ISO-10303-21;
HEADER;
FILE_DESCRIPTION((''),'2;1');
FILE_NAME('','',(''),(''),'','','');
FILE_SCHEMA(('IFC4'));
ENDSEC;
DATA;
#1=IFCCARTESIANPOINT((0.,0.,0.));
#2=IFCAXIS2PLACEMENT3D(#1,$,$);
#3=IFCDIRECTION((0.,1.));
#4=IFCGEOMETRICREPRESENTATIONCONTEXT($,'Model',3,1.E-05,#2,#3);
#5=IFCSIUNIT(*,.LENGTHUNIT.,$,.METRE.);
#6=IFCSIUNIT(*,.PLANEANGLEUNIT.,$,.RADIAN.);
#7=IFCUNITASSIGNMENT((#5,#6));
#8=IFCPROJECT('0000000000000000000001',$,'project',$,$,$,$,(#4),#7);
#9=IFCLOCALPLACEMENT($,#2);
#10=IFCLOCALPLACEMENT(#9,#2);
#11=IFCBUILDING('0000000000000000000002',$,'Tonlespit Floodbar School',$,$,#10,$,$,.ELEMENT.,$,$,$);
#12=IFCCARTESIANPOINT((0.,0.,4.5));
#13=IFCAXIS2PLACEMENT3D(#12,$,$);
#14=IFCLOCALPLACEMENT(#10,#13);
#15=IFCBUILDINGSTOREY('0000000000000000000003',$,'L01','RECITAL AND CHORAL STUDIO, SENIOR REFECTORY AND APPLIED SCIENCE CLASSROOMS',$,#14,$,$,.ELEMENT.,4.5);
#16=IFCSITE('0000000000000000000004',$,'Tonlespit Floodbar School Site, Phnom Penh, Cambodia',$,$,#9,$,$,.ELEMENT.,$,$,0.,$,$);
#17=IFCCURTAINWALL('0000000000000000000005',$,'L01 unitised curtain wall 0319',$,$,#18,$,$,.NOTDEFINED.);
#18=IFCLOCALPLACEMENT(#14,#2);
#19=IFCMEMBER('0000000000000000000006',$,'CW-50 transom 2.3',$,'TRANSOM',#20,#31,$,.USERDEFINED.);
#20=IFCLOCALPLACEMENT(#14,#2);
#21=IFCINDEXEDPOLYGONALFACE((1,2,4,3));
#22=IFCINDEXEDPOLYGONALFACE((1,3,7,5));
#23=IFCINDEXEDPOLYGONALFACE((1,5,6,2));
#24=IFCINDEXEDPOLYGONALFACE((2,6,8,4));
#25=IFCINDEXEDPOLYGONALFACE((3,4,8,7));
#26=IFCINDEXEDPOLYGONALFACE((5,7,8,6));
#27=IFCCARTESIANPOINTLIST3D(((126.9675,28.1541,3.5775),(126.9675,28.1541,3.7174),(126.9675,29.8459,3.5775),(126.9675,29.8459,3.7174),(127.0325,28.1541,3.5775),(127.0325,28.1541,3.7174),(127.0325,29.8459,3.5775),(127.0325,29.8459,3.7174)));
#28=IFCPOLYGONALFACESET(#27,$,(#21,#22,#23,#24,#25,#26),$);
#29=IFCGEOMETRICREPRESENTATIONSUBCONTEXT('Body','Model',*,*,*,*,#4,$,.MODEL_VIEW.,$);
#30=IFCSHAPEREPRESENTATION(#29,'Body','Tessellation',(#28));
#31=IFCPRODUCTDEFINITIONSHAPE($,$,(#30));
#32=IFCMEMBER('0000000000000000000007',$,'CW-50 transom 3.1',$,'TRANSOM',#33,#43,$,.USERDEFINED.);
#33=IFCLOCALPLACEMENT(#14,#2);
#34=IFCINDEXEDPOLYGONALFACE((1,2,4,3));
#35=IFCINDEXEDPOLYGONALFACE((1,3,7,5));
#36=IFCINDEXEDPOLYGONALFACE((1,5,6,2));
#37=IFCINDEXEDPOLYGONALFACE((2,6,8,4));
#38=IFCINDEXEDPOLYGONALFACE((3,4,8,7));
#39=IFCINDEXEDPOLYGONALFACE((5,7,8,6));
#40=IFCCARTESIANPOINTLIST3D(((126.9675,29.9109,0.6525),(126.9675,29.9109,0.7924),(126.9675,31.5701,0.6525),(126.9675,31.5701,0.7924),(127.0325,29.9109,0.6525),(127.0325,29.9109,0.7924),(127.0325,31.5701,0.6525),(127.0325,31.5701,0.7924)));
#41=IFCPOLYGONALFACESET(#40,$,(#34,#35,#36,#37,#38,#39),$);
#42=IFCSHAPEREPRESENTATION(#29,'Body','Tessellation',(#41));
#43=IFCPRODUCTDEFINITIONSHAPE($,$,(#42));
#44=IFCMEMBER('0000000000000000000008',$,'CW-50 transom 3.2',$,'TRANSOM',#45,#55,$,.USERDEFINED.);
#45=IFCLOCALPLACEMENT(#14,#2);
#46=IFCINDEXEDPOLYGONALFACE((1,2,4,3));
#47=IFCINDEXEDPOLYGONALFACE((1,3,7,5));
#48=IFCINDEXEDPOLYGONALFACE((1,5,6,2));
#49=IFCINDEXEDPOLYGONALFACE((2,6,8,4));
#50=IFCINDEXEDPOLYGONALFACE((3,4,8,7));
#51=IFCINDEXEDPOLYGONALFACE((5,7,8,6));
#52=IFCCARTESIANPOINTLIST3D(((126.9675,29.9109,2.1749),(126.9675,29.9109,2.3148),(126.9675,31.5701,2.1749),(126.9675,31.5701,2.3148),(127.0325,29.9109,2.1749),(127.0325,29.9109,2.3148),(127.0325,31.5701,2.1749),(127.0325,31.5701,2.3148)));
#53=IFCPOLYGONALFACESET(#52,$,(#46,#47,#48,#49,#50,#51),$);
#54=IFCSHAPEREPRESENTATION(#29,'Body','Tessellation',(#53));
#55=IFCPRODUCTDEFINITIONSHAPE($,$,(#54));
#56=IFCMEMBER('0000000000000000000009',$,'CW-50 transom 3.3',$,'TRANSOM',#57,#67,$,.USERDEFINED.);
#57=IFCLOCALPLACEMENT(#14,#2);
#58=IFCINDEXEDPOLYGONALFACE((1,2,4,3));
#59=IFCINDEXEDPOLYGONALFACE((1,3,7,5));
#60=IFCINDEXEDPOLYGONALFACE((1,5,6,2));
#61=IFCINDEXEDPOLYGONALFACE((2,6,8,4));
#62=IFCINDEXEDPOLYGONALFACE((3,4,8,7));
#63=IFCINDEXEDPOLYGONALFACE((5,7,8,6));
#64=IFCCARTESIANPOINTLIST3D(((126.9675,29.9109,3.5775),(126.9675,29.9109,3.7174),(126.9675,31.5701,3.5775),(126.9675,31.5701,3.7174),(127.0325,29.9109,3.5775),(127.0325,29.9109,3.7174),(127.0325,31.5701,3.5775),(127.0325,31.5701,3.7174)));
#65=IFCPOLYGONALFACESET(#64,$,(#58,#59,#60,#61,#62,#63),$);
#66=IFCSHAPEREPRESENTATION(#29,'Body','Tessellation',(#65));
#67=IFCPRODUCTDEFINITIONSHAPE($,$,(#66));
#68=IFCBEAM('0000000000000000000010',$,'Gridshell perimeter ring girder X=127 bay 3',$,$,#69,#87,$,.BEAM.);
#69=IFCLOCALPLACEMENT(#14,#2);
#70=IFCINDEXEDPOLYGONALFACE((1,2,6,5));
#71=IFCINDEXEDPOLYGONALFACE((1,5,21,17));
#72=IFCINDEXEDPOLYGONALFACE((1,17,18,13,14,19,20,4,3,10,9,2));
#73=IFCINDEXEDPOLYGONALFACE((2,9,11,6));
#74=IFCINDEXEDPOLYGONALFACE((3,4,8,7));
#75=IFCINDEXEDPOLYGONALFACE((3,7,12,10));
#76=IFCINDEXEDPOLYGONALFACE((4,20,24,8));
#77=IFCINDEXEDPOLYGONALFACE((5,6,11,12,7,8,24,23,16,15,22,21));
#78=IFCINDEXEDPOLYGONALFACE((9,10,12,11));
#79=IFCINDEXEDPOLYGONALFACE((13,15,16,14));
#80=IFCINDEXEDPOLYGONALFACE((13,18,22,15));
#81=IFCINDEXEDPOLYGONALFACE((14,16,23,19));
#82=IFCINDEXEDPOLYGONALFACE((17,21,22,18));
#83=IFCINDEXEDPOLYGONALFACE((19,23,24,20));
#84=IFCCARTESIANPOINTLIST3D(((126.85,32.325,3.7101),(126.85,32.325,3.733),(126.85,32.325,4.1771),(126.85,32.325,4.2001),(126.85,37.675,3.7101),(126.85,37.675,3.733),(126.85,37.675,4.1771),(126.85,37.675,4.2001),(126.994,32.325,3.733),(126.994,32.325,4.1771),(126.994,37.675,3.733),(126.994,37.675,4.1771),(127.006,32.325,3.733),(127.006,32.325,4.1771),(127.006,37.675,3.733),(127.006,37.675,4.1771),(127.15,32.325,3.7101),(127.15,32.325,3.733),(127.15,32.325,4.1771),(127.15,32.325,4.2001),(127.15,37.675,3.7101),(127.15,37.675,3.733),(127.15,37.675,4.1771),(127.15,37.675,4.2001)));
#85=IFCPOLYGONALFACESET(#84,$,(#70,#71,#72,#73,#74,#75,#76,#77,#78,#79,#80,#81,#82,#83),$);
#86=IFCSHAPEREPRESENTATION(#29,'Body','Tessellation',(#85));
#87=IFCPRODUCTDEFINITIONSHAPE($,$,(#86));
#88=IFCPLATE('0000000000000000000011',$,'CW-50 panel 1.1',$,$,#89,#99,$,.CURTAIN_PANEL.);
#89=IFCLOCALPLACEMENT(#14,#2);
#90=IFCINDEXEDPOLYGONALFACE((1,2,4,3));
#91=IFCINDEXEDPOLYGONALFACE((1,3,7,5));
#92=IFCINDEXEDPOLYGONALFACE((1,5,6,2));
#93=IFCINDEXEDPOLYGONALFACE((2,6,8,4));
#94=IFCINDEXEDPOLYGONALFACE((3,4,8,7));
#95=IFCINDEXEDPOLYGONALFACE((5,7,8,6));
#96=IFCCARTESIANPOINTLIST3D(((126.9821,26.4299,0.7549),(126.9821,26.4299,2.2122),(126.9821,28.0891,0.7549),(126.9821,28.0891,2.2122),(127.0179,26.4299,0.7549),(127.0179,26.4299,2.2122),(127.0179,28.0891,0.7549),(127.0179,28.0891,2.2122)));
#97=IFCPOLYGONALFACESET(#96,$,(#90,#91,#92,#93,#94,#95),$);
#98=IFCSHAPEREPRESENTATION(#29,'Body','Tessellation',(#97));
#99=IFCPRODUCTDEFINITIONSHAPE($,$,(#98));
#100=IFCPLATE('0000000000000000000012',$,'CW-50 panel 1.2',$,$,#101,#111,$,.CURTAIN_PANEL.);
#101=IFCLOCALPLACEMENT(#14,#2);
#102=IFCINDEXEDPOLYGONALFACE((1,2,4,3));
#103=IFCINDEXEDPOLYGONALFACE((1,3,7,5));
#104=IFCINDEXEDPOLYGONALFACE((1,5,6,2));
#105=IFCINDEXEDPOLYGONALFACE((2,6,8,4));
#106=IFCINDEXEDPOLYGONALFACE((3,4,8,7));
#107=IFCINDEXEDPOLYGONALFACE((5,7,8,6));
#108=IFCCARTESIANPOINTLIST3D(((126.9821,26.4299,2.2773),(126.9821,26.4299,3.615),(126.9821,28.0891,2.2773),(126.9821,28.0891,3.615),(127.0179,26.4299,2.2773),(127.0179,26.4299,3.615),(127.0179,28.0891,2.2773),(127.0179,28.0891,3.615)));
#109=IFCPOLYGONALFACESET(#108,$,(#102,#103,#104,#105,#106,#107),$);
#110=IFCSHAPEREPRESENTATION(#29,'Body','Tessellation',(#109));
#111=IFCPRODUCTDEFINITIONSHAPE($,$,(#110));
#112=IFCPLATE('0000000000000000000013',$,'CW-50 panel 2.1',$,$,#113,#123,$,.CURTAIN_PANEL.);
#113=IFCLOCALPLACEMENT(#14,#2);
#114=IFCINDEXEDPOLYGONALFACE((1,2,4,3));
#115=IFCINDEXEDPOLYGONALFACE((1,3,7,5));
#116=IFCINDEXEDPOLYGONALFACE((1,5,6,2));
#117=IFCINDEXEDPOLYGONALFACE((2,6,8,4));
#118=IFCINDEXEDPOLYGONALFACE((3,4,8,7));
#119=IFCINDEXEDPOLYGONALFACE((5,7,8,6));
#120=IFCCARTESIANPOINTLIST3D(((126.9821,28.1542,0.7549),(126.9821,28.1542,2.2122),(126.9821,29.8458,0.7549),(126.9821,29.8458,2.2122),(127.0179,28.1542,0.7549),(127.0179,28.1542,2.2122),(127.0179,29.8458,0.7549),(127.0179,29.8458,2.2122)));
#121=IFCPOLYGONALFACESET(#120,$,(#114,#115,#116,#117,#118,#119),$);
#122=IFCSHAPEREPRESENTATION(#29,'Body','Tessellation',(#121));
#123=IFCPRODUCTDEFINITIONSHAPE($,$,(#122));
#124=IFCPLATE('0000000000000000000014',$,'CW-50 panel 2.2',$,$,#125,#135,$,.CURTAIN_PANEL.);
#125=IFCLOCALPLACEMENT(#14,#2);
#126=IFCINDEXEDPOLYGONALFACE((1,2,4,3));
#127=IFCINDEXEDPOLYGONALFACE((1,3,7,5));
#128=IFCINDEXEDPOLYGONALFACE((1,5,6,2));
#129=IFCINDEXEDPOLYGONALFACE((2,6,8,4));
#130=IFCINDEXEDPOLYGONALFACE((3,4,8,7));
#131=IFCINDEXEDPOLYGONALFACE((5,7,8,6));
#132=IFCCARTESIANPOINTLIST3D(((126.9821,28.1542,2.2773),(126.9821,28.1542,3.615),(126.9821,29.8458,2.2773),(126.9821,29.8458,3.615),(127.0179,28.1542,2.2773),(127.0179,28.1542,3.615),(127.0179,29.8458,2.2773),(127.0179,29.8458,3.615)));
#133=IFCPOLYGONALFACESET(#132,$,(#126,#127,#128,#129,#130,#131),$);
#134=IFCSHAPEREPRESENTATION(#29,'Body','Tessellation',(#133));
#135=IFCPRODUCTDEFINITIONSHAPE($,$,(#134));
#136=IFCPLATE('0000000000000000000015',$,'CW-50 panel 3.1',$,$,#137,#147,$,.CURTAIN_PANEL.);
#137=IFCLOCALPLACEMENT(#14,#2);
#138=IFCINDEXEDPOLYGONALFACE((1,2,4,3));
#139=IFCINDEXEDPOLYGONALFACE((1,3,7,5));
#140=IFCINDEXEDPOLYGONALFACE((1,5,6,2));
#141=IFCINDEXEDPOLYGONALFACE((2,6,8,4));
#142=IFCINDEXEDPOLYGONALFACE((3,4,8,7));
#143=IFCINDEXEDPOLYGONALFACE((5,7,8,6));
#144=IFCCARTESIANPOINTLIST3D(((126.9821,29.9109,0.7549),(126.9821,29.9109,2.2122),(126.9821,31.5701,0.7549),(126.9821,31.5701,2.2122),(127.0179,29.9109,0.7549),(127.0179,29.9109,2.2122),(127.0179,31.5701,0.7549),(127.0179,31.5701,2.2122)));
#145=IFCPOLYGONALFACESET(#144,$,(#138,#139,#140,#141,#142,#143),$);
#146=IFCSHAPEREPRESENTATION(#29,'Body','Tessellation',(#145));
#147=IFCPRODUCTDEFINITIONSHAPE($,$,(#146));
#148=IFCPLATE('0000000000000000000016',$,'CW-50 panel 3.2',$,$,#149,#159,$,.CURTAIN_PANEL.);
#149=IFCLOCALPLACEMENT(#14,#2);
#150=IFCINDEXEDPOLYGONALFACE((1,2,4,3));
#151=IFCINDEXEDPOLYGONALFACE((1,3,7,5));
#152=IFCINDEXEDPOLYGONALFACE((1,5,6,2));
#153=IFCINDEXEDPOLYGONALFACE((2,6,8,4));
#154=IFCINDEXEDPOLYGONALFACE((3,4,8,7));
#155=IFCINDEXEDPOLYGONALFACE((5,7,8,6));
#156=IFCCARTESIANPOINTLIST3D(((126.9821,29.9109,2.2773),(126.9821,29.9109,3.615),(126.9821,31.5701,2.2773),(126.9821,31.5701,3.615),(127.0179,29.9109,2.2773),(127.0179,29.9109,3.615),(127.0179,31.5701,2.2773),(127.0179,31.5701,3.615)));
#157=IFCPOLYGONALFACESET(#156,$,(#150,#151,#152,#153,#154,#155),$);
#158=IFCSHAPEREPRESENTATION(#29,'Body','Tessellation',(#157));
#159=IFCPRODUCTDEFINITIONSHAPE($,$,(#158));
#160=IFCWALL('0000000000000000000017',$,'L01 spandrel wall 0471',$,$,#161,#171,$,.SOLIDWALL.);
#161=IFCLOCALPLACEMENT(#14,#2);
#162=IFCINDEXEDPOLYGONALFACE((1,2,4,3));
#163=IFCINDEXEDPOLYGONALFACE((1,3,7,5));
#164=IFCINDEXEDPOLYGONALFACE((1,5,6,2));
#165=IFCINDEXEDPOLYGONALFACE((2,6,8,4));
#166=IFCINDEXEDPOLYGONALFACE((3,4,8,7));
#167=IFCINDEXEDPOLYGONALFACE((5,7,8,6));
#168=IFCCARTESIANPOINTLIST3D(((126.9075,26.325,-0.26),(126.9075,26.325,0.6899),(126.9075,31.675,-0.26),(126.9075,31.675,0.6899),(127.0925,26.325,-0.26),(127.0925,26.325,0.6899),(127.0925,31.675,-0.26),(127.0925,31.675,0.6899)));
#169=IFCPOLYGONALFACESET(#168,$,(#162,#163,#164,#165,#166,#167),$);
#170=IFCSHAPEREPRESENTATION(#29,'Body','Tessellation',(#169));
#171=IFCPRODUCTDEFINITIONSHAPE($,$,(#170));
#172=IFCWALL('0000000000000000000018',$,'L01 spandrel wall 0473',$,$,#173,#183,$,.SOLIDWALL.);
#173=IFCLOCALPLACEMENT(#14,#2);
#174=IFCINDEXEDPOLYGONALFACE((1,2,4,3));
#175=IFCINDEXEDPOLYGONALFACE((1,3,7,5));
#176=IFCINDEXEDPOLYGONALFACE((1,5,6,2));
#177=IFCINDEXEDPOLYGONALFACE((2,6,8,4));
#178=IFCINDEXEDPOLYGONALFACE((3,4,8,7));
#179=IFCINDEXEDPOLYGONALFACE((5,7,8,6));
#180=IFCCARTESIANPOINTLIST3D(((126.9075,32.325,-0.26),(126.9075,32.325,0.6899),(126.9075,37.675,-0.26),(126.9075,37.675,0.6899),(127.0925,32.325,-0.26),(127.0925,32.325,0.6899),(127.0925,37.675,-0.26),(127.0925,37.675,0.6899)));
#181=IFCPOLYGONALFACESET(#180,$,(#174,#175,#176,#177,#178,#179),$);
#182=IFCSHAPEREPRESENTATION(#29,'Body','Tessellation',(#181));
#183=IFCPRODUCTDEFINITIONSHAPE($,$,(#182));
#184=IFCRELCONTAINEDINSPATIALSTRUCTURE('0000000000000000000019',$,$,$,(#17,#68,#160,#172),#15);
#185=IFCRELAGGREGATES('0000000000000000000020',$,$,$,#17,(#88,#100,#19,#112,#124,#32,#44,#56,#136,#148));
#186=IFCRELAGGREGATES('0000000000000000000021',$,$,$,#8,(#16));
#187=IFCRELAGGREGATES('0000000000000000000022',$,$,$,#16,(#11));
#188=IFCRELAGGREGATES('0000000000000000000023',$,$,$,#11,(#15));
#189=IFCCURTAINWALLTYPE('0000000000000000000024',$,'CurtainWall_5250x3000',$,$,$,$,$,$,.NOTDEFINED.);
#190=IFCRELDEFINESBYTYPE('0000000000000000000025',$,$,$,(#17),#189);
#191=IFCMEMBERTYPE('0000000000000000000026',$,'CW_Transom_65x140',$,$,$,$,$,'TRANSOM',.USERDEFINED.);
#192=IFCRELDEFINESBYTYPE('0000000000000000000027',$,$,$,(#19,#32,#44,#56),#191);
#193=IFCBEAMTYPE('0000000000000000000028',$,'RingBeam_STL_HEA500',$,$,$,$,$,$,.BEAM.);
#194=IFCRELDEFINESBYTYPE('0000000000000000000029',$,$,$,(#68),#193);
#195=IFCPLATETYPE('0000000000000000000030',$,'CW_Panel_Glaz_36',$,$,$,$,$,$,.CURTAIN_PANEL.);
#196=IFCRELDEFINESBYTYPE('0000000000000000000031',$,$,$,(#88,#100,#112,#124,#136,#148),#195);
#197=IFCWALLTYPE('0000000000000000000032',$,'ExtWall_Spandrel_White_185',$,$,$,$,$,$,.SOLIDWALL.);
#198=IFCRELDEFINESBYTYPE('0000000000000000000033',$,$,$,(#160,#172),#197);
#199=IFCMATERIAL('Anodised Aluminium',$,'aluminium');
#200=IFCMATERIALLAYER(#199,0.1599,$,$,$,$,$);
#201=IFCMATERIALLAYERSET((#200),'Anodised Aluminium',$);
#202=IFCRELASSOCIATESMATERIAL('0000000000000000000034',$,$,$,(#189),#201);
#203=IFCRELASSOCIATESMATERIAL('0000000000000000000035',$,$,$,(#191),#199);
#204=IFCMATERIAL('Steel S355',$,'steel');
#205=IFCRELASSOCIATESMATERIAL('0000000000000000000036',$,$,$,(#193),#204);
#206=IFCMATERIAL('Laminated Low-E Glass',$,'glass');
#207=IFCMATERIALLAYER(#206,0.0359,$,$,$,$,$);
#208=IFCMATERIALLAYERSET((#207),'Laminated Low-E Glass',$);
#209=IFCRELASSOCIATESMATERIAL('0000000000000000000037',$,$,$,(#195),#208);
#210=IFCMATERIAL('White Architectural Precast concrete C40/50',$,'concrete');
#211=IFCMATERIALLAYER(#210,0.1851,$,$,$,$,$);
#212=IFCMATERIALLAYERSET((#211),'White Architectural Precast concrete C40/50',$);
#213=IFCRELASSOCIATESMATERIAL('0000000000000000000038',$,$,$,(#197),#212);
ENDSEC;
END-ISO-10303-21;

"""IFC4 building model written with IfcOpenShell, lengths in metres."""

from ifc_helpers import new_model, si_unit, direction, frame, frame_2d, origin, origin_2d, place, context, subcontext, project, spatial, rectangle, i_section, extrude, material, layer, layer_set, material_profile, profile_set, type_object, element, aggregate, save


model = new_model("IFC4")

# Units and contexts
model_context = context("Model", 3, precision=1e-05, world=origin(), true_north=direction((0.0, 1.0)))
body_context = subcontext(model_context, "Body", "Model", "MODEL_VIEW")
ifc_project = project(units=[si_unit("LENGTHUNIT", "METRE"), si_unit("PLANEANGLEUNIT", "RADIAN")], contexts=[model_context])

# Site, building, storey
site_placement = place(None, origin())
site = spatial("IfcSite", under=ifc_project, at=site_placement, Name="Tonlespit Floodbar School Site, Phnom Penh, Cambodia", CompositionType="ELEMENT", RefElevation=0.0)
building_placement = place(site_placement, origin())
building = spatial("IfcBuilding", under=site, at=building_placement, Name="Tonlespit Floodbar School", CompositionType="ELEMENT")
storey_placement = place(building_placement, frame((0.0, 0.0, 4.5)))
storey = spatial("IfcBuildingStorey", under=building, at=storey_placement, Name="L01", Description="RECITAL AND CHORAL STUDIO, SENIOR REFECTORY AND APPLIED SCIENCE CLASSROOMS", CompositionType="ELEMENT", Elevation=4.5)

# Shared definitions
ifc_material_1 = material(Name="Anodised Aluminium", Category="aluminium")
ifc_layer_1 = layer(ifc_material_1, 0.1599)
ifc_layer_set_1 = layer_set([ifc_layer_1], Name="Anodised Aluminium")
curtain_wall_type = type_object("IfcCurtainWallType", Name="CurtainWall_5250x3000", PredefinedType="NOTDEFINED", material=ifc_layer_set_1)

# Curtain wall
curtain_wall_1_placement = place(storey_placement, origin())
curtain_wall_1 = element("IfcCurtainWall", 1, at=curtain_wall_1_placement, inside=storey, type_object=curtain_wall_type, Name="L01 unitised curtain wall 0319", PredefinedType="NOTDEFINED")

# Members
ifc_material_profile_1 = material_profile(ifc_material_1, rectangle(XDim=0.0649, YDim=0.1399, at=origin_2d()), Name="ALU T65x140")
ifc_profile_set_1 = profile_set([ifc_material_profile_1], Name="Anodised Aluminium")
member_type_1 = type_object("IfcMemberType", Name="CW_Transom_65x140", ElementType="TRANSOM", PredefinedType="USERDEFINED", material=ifc_profile_set_1)
member_1_placement = place(storey_placement, frame((127.0, 28.1541, 3.6475), z_axis=(0.0, 1.0, 0.0), x_axis=(-1.0, 0.0, 0.0)))
member_1 = element("IfcMember", 2, at=member_1_placement, type_object=member_type_1, Name="CW-50 transom 2.3", ObjectType="TRANSOM", PredefinedType="USERDEFINED", context=body_context, shape_type="SweptSolid", body=[
    extrude(rectangle(XDim=0.0649, YDim=0.1399, at=origin_2d()), origin(), (0.0, 0.0, 1.0), 1.6919),
])
member_2_placement = place(storey_placement, frame((127.0, 29.9109, 0.7224), z_axis=(0.0, 1.0, 0.0), x_axis=(-1.0, 0.0, 0.0)))
member_2 = element("IfcMember", 3, at=member_2_placement, type_object=member_type_1, Name="CW-50 transom 3.1", ObjectType="TRANSOM", PredefinedType="USERDEFINED", context=body_context, shape_type="SweptSolid", body=[
    extrude(rectangle(XDim=0.0649, YDim=0.1399, at=origin_2d()), origin(), (0.0, 0.0, 1.0), 1.6592),
])
member_3_placement = place(storey_placement, frame((127.0, 29.9109, 2.2449), z_axis=(0.0, 1.0, 0.0), x_axis=(-1.0, 0.0, 0.0)))
member_3 = element("IfcMember", 4, at=member_3_placement, type_object=member_type_1, Name="CW-50 transom 3.2", ObjectType="TRANSOM", PredefinedType="USERDEFINED", context=body_context, shape_type="SweptSolid", body=[
    extrude(rectangle(XDim=0.0649, YDim=0.1399, at=origin_2d()), origin(), (0.0, 0.0, 1.0), 1.6592),
])
member_4_placement = place(storey_placement, frame((127.0, 29.9109, 3.6475), z_axis=(0.0, 1.0, 0.0), x_axis=(-1.0, 0.0, 0.0)))
member_4 = element("IfcMember", 5, at=member_4_placement, type_object=member_type_1, Name="CW-50 transom 3.3", ObjectType="TRANSOM", PredefinedType="USERDEFINED", context=body_context, shape_type="SweptSolid", body=[
    extrude(rectangle(XDim=0.0649, YDim=0.1399, at=origin_2d()), origin(), (0.0, 0.0, 1.0), 1.6592),
])

# Beam
ifc_material_2 = material(Name="Steel S355", Category="steel")
ifc_material_profile_2 = material_profile(ifc_material_2, i_section(OverallWidth=0.3, OverallDepth=0.49, WebThickness=0.012, FlangeThickness=0.0229, at=origin_2d()), Name="HEA 500")
ifc_profile_set_2 = profile_set([ifc_material_profile_2], Name="Steel S355")
beam_type = type_object("IfcBeamType", Name="RingBeam_STL_HEA500", PredefinedType="BEAM", material=ifc_profile_set_2)
beam_placement = place(storey_placement, frame((127.0, 32.325, 3.9551), z_axis=(0.0, 1.0, 0.0), x_axis=(-1.0, 0.0, 0.0)))
element("IfcBeam", 6, at=beam_placement, inside=storey, type_object=beam_type, Name="Gridshell perimeter ring girder X=127 bay 3", PredefinedType="BEAM", context=body_context, shape_type="SweptSolid", body=[
    extrude(i_section(OverallWidth=0.3, OverallDepth=0.49, WebThickness=0.012, FlangeThickness=0.0229, at=origin_2d()), origin(), (0.0, 0.0, 1.0), 5.3501),
])

# Plates
ifc_material_3 = material(Name="Laminated Low-E Glass", Category="glass")
ifc_layer_2 = layer(ifc_material_3, 0.0359)
ifc_layer_set_2 = layer_set([ifc_layer_2], Name="Laminated Low-E Glass")
plate_type = type_object("IfcPlateType", Name="CW_Panel_Glaz_36", PredefinedType="CURTAIN_PANEL", material=ifc_layer_set_2)
plate_1_placement = place(storey_placement, frame((127.0, 27.2595, 0.7549), z_axis=(0.0, 0.0, 1.0), x_axis=(0.0, 1.0, 0.0)))
plate_1 = element("IfcPlate", 7, at=plate_1_placement, type_object=plate_type, Name="CW-50 panel 1.1", PredefinedType="CURTAIN_PANEL", context=body_context, shape_type="SweptSolid", body=[
    extrude(rectangle(XDim=1.6592, YDim=0.0359, at=origin_2d()), origin(), (0.0, 0.0, 1.0), 1.4573),
])
plate_2_placement = place(storey_placement, frame((127.0, 27.2595, 2.2773), z_axis=(0.0, 0.0, 1.0), x_axis=(0.0, 1.0, 0.0)))
plate_2 = element("IfcPlate", 8, at=plate_2_placement, type_object=plate_type, Name="CW-50 panel 1.2", PredefinedType="CURTAIN_PANEL", context=body_context, shape_type="SweptSolid", body=[
    extrude(rectangle(XDim=1.6592, YDim=0.0359, at=origin_2d()), origin(), (0.0, 0.0, 1.0), 1.3376),
])
plate_3_placement = place(storey_placement, frame((127.0, 29.0, 0.7549), z_axis=(0.0, 0.0, 1.0), x_axis=(0.0, 1.0, 0.0)))
plate_3 = element("IfcPlate", 9, at=plate_3_placement, type_object=plate_type, Name="CW-50 panel 2.1", PredefinedType="CURTAIN_PANEL", context=body_context, shape_type="SweptSolid", body=[
    extrude(rectangle(XDim=1.6917, YDim=0.0359, at=origin_2d()), origin(), (0.0, 0.0, 1.0), 1.4573),
])
plate_4_placement = place(storey_placement, frame((127.0, 29.0, 2.2773), z_axis=(0.0, 0.0, 1.0), x_axis=(0.0, 1.0, 0.0)))
plate_4 = element("IfcPlate", 10, at=plate_4_placement, type_object=plate_type, Name="CW-50 panel 2.2", PredefinedType="CURTAIN_PANEL", context=body_context, shape_type="SweptSolid", body=[
    extrude(rectangle(XDim=1.6917, YDim=0.0359, at=origin_2d()), origin(), (0.0, 0.0, 1.0), 1.3376),
])
plate_5_placement = place(storey_placement, frame((127.0, 30.7405, 0.7549), z_axis=(0.0, 0.0, 1.0), x_axis=(0.0, 1.0, 0.0)))
plate_5 = element("IfcPlate", 11, at=plate_5_placement, type_object=plate_type, Name="CW-50 panel 3.1", PredefinedType="CURTAIN_PANEL", context=body_context, shape_type="SweptSolid", body=[
    extrude(rectangle(XDim=1.6592, YDim=0.0359, at=origin_2d()), origin(), (0.0, 0.0, 1.0), 1.4573),
])
plate_6_placement = place(storey_placement, frame((127.0, 30.7405, 2.2773), z_axis=(0.0, 0.0, 1.0), x_axis=(0.0, 1.0, 0.0)))
plate_6 = element("IfcPlate", 12, at=plate_6_placement, type_object=plate_type, Name="CW-50 panel 3.2", PredefinedType="CURTAIN_PANEL", context=body_context, shape_type="SweptSolid", body=[
    extrude(rectangle(XDim=1.6592, YDim=0.0359, at=origin_2d()), origin(), (0.0, 0.0, 1.0), 1.3376),
])
aggregate(curtain_wall_1, [plate_1, plate_2, member_1, plate_3, plate_4, member_2, member_3, member_4, plate_5, plate_6])

# Walls
ifc_material_4 = material(Name="White Architectural Precast concrete C40/50", Category="concrete")
ifc_layer_3 = layer(ifc_material_4, 0.1851)
ifc_layer_set_3 = layer_set([ifc_layer_3], Name="White Architectural Precast concrete C40/50")
wall_type = type_object("IfcWallType", Name="ExtWall_Spandrel_White_185", PredefinedType="SOLIDWALL", material=ifc_layer_set_3)
for number, where, z_axis, x_axis, name in (
    (13, (127.0, 26.325, -0.26), (0.0, 0.0, 1.0), (0.0, 1.0, 0.0), "L01 spandrel wall 0471"),
    (14, (127.0, 32.325, -0.26), (0.0, 0.0, 1.0), (0.0, 1.0, 0.0), "L01 spandrel wall 0473"),
):
    element("IfcWall", number, at=place(storey_placement, frame(where, z_axis=z_axis, x_axis=x_axis)), inside=storey, type_object=wall_type, Name=name, PredefinedType="SOLIDWALL", context=body_context, shape_type="SweptSolid", body=[
        extrude(rectangle(XDim=5.3501, YDim=0.1851, at=frame_2d((2.675, 0.0))), origin(), (0.0, 0.0, 1.0), 0.95),
    ])

save(model, "model.ifc")
